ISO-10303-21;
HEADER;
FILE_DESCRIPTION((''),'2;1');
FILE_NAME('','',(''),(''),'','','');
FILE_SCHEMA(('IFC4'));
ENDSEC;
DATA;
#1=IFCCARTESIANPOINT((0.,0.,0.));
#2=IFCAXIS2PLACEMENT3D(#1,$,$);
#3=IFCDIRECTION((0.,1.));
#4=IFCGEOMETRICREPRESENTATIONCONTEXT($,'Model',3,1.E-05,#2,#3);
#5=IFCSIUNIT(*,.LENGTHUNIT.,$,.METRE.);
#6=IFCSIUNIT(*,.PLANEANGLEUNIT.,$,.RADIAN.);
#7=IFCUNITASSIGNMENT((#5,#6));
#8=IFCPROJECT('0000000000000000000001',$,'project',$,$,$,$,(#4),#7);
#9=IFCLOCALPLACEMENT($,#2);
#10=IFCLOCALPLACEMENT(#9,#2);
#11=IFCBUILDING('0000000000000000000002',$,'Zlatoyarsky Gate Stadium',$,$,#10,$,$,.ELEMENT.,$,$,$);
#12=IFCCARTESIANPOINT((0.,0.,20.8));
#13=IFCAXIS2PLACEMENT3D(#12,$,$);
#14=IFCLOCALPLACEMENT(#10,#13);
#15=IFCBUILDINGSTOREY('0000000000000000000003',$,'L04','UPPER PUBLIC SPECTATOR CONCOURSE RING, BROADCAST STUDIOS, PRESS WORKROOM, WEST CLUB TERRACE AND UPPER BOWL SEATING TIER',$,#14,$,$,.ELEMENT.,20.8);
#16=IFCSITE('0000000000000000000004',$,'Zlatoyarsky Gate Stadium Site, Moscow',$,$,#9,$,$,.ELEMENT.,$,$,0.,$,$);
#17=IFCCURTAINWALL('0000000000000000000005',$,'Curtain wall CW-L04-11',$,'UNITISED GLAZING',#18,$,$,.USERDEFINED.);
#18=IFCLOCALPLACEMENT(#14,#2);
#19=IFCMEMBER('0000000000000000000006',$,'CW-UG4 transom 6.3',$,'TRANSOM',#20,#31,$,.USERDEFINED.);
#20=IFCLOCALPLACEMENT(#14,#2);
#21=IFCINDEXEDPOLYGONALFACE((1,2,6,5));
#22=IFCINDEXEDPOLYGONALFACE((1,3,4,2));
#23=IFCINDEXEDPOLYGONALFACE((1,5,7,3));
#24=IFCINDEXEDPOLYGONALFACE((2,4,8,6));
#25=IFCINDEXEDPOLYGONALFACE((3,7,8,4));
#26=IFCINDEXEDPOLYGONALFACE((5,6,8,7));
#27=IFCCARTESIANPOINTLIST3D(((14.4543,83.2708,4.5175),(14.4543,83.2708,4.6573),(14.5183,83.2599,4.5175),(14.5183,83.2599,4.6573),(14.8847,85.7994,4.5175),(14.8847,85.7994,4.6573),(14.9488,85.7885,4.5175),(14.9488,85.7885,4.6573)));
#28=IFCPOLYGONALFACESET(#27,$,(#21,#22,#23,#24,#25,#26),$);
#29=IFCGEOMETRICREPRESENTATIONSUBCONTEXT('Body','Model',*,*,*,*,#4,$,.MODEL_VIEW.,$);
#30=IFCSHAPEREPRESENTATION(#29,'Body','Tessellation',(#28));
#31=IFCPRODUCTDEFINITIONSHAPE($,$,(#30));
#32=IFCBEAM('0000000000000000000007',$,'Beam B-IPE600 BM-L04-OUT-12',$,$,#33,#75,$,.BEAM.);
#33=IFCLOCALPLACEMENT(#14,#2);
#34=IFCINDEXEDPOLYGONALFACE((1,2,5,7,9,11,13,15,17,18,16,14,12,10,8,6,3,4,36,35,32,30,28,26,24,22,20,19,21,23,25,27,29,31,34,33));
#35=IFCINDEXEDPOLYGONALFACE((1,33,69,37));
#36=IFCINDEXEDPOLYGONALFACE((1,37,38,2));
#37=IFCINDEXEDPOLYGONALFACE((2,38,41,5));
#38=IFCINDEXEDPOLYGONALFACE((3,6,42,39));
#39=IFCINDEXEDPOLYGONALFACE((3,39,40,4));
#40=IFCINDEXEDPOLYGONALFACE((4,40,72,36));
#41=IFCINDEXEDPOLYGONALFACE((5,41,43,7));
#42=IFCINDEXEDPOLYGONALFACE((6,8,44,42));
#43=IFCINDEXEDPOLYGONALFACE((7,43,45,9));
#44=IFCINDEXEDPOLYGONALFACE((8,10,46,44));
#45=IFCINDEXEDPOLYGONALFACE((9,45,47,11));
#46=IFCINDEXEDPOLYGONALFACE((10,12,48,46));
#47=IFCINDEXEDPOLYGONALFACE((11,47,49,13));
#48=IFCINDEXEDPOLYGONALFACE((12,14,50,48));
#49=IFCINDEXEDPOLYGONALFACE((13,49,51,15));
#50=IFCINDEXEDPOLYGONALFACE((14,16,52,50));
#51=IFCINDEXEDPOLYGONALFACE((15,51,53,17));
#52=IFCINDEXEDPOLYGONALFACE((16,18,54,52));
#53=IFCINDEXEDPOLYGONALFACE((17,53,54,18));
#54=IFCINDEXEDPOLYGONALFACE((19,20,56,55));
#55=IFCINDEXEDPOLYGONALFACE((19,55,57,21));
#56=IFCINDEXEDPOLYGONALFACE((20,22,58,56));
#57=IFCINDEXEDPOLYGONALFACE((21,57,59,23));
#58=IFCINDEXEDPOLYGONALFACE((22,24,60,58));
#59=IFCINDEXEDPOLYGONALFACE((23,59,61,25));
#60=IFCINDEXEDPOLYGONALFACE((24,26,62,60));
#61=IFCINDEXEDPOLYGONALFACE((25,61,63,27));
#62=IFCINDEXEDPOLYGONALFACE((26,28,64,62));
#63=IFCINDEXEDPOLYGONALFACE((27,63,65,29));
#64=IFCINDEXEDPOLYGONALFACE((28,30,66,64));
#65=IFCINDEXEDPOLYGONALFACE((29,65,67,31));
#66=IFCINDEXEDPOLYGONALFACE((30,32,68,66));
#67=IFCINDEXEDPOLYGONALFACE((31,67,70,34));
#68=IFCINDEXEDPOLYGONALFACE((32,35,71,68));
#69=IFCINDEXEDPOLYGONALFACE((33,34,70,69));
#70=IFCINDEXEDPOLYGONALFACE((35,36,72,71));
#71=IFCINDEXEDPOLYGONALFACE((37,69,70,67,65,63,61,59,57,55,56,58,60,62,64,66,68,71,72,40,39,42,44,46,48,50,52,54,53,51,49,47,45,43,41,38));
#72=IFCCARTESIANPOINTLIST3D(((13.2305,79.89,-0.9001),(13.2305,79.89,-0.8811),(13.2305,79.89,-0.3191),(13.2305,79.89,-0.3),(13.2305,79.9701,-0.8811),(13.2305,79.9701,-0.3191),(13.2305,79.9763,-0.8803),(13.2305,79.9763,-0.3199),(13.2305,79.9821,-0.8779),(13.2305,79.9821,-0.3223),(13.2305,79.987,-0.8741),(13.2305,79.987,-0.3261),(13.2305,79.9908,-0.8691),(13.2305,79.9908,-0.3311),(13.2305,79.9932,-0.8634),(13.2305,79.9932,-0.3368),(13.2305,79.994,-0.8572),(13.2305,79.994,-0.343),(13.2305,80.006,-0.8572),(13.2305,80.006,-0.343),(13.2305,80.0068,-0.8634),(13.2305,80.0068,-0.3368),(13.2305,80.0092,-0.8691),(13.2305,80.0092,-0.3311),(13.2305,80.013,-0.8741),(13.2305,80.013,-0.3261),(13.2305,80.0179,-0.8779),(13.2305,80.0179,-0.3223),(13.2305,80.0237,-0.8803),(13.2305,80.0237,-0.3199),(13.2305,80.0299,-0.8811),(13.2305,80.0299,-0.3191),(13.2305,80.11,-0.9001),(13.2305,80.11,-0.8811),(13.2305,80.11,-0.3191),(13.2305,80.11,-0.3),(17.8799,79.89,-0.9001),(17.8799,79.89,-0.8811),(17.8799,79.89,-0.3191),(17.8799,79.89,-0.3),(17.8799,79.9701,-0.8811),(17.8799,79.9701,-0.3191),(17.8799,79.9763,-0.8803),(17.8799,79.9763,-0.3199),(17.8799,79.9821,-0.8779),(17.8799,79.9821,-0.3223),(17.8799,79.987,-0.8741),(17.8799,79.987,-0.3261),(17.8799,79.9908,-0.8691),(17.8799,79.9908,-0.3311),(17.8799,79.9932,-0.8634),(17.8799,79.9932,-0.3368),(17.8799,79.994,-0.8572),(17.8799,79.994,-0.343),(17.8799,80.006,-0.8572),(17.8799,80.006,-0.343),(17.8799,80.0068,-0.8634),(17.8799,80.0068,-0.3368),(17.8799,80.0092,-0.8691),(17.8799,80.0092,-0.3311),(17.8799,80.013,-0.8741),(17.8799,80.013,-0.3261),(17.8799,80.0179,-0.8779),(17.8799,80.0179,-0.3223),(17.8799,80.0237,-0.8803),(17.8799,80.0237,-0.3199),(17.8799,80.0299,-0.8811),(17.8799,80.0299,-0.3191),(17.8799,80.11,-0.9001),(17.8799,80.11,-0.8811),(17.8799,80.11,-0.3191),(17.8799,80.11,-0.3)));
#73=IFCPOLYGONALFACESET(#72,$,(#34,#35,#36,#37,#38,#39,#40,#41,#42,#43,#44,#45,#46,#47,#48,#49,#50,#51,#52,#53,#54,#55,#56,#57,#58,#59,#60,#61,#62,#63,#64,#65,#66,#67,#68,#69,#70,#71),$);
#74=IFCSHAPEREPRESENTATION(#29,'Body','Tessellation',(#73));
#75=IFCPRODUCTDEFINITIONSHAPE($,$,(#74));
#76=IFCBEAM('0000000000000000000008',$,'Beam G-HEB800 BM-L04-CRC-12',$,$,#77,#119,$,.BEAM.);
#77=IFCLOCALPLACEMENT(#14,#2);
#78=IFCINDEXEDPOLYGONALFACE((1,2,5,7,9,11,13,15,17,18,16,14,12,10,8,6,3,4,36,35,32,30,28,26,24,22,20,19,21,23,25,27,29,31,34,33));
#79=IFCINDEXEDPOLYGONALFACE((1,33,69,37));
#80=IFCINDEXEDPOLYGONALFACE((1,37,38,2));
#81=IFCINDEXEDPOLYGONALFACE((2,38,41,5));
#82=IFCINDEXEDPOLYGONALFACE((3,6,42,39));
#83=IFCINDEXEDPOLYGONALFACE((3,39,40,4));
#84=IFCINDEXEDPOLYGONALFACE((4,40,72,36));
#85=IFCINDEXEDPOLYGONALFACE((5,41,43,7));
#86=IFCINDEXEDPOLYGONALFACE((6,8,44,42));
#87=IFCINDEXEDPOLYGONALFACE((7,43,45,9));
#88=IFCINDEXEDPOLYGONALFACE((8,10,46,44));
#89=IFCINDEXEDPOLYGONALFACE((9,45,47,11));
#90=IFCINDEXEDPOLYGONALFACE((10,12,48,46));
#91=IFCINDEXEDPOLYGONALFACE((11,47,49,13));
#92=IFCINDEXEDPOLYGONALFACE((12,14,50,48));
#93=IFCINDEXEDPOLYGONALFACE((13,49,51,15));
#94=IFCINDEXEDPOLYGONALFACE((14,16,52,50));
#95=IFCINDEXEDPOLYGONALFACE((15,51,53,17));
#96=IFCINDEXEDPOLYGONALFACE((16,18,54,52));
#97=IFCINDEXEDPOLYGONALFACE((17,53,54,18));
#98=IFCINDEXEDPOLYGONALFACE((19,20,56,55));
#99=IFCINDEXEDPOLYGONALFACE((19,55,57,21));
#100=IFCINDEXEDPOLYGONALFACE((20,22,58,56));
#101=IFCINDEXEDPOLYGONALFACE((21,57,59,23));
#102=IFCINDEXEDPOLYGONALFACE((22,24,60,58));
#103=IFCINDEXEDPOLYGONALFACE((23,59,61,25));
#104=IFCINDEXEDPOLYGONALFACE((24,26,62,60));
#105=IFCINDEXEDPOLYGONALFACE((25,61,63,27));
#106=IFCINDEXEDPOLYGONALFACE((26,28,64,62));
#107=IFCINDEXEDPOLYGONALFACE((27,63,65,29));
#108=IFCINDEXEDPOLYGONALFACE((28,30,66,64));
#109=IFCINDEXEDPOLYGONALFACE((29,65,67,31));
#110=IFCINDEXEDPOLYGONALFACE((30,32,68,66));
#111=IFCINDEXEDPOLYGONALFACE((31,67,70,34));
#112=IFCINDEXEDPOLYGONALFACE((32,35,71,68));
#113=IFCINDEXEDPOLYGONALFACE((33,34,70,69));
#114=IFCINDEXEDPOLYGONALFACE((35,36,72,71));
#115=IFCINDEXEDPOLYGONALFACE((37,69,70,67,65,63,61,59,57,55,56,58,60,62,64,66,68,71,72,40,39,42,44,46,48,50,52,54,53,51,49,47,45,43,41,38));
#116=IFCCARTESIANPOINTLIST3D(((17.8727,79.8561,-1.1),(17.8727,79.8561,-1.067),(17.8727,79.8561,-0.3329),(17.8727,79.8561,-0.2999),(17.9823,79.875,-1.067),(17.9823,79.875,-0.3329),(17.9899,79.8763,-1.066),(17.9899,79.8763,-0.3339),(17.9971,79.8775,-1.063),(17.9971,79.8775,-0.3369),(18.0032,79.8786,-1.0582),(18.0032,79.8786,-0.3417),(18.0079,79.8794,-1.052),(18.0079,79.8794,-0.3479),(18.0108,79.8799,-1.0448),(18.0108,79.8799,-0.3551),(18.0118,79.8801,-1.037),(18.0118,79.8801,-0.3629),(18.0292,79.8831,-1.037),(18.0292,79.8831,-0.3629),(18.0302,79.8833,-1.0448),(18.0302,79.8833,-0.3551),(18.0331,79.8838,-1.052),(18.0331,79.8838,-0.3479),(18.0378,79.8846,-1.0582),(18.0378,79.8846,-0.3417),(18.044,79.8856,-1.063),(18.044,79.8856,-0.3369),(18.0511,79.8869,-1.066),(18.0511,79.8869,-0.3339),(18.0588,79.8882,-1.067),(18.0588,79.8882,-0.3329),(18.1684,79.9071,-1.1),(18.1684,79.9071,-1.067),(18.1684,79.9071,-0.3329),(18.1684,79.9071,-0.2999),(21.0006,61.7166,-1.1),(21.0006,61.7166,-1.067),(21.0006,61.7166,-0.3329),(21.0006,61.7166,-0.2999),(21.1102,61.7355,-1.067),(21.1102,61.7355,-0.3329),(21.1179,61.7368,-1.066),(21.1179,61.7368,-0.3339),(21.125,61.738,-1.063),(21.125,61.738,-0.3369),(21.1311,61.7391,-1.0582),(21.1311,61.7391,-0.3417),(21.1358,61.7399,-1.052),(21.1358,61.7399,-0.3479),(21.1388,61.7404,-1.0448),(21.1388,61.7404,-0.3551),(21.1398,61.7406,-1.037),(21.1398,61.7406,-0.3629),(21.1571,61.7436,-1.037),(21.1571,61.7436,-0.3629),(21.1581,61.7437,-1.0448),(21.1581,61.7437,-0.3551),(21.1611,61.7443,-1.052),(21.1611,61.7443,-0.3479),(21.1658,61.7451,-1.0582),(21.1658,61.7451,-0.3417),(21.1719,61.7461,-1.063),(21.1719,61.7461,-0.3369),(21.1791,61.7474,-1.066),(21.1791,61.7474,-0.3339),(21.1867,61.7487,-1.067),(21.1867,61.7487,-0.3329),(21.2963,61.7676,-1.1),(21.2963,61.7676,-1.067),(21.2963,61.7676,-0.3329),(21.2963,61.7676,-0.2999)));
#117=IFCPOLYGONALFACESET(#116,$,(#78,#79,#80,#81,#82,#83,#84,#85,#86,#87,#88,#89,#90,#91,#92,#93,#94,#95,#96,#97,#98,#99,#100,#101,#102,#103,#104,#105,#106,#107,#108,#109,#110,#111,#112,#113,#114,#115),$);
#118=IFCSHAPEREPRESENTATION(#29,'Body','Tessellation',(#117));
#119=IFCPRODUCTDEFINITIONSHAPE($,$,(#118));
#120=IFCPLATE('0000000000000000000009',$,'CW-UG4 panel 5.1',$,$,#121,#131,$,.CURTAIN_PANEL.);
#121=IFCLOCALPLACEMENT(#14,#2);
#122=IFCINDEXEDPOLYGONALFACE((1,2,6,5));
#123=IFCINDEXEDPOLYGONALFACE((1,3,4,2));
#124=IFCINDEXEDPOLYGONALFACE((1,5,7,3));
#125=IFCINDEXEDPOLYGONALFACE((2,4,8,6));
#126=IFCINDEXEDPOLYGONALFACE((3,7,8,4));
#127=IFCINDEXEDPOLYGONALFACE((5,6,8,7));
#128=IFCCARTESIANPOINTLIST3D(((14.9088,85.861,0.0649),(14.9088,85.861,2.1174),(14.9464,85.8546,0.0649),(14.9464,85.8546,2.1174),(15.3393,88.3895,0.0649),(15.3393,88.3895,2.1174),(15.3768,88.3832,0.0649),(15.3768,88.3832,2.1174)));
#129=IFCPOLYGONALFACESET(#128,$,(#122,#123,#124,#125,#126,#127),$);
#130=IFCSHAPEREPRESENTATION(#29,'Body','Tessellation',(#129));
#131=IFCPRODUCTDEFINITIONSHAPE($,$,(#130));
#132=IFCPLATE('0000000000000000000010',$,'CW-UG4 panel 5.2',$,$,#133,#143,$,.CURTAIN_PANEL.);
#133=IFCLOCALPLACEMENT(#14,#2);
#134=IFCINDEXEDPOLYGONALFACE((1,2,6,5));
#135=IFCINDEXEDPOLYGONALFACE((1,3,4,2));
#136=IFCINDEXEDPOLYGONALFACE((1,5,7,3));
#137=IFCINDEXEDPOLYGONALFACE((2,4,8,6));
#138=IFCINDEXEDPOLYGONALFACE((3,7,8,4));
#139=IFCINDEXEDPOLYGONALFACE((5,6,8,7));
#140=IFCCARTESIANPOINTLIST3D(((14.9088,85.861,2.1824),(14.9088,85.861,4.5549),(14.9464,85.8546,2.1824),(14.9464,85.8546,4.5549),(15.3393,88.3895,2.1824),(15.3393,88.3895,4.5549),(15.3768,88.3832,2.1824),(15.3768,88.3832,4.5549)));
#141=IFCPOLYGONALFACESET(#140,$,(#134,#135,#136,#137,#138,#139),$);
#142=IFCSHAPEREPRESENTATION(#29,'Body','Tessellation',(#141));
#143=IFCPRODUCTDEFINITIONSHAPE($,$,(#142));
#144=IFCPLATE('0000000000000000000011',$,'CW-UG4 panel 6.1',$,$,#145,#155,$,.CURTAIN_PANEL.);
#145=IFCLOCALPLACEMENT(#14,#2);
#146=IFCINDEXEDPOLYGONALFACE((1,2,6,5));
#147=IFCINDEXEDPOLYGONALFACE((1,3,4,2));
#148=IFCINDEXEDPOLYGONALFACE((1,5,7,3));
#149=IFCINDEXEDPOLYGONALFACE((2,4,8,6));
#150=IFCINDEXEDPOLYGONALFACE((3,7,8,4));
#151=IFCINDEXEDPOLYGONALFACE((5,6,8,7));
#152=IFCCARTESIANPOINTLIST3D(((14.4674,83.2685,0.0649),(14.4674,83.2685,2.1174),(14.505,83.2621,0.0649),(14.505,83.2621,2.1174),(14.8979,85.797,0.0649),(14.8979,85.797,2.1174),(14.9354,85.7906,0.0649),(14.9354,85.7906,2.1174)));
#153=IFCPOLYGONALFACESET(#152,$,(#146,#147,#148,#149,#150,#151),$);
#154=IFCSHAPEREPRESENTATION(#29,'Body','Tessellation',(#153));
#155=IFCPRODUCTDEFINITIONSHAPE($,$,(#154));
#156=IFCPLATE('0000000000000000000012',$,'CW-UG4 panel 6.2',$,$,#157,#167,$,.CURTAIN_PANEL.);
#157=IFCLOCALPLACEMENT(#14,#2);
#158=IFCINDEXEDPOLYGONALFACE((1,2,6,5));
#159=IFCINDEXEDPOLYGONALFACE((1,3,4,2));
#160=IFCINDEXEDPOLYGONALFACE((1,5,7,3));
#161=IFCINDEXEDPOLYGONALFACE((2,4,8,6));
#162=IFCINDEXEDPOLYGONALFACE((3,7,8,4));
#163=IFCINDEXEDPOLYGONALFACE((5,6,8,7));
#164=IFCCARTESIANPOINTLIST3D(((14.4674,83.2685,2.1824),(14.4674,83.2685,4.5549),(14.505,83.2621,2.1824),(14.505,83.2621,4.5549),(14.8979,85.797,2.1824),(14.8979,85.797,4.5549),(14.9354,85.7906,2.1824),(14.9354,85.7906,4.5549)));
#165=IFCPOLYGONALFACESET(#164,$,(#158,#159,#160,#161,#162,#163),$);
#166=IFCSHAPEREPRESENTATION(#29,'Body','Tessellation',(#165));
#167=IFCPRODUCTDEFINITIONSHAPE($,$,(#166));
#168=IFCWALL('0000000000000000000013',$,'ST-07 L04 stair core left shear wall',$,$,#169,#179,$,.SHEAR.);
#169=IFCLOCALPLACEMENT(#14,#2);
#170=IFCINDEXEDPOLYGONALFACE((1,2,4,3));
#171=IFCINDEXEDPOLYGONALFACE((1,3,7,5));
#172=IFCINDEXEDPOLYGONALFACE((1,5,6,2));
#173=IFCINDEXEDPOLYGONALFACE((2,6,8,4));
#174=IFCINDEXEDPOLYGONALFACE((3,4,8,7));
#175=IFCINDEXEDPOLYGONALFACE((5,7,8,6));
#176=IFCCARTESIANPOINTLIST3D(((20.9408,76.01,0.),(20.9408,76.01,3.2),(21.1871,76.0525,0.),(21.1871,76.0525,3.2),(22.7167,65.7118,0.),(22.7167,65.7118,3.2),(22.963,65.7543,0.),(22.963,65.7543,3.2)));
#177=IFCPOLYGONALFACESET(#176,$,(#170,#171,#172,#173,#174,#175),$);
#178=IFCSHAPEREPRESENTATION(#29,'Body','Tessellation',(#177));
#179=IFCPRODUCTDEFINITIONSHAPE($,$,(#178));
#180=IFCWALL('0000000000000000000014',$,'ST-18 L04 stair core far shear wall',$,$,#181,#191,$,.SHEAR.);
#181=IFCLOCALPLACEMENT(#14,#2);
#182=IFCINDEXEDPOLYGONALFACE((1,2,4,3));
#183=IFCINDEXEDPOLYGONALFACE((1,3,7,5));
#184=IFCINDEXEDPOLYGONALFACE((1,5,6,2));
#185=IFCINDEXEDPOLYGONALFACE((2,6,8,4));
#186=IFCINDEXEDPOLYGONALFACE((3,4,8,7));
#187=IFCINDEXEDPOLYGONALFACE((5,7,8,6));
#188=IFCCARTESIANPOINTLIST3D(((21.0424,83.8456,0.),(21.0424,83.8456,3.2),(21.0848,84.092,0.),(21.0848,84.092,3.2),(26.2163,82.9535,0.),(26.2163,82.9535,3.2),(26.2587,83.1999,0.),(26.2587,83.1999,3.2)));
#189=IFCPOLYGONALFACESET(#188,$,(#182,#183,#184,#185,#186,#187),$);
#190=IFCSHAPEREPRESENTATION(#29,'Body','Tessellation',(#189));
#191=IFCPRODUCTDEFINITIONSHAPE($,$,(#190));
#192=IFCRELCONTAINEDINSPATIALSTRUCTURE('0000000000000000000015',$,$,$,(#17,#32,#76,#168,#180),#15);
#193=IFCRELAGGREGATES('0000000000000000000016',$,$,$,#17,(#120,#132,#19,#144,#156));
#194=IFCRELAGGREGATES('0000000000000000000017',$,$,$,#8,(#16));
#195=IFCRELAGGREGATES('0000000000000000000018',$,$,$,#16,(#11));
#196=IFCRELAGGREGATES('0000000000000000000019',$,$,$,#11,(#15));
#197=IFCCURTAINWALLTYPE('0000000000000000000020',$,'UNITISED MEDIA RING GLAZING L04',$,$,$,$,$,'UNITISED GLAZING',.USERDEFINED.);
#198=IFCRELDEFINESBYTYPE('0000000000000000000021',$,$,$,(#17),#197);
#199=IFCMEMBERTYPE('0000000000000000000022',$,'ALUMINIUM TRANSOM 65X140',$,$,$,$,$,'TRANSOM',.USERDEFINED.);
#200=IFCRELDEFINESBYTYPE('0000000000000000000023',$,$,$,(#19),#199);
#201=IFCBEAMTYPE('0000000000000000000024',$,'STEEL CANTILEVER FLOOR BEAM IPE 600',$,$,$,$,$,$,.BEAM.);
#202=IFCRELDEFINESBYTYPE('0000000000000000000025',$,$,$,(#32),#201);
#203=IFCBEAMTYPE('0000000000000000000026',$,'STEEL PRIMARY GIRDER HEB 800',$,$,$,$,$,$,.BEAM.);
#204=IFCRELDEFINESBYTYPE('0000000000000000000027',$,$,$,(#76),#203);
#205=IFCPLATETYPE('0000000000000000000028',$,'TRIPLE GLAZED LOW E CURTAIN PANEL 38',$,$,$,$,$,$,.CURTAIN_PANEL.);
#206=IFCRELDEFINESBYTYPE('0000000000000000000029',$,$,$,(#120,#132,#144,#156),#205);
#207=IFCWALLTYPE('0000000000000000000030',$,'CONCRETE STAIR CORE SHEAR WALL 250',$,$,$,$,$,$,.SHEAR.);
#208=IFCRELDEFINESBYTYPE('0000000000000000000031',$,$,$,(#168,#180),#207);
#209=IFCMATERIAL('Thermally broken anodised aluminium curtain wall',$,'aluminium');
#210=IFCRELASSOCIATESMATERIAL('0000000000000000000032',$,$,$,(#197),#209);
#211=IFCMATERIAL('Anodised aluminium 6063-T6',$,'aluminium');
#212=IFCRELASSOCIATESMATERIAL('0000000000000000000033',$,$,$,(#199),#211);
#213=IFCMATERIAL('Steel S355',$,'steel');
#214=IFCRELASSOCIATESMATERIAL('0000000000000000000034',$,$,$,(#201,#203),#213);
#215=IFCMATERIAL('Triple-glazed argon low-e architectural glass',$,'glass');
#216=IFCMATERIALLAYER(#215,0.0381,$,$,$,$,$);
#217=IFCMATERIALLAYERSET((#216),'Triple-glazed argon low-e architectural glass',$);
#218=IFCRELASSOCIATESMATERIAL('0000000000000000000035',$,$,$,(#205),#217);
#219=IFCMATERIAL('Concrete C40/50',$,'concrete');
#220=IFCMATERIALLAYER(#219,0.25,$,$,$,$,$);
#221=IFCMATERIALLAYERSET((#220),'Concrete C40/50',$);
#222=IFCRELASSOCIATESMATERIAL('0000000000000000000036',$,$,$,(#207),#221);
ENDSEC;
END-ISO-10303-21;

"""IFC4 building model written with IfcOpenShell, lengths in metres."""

from ifc_helpers import new_model, si_unit, direction, frame, frame_2d, origin, origin_2d, place, context, subcontext, project, spatial, rectangle, i_section, extrude, material, layer, layer_set, material_profile, profile_set, type_object, element, aggregate, save


model = new_model("IFC4")

# Units and contexts
model_context = context("Model", 3, precision=1e-05, world=origin(), true_north=direction((0.0, 1.0)))
body_context = subcontext(model_context, "Body", "Model", "MODEL_VIEW")
ifc_project = project(units=[si_unit("LENGTHUNIT", "METRE"), si_unit("PLANEANGLEUNIT", "RADIAN")], contexts=[model_context])

# Site, building, storey
site_placement = place(None, origin())
site = spatial("IfcSite", under=ifc_project, at=site_placement, Name="Zlatoyarsky Gate Stadium Site, Moscow", CompositionType="ELEMENT", RefElevation=0.0)
building_placement = place(site_placement, origin())
building = spatial("IfcBuilding", under=site, at=building_placement, Name="Zlatoyarsky Gate Stadium", CompositionType="ELEMENT")
storey_placement = place(building_placement, frame((0.0, 0.0, 20.8)))
storey = spatial("IfcBuildingStorey", under=building, at=storey_placement, Name="L04", Description="UPPER PUBLIC SPECTATOR CONCOURSE RING, BROADCAST STUDIOS, PRESS WORKROOM, WEST CLUB TERRACE AND UPPER BOWL SEATING TIER", CompositionType="ELEMENT", Elevation=20.8)

# Shared definitions
ifc_material_1 = material(Name="Steel S355", Category="steel")

# Curtain wall, member
ifc_material_2 = material(Name="Thermally broken anodised aluminium curtain wall", Category="aluminium")
ifc_material_3 = material(Name="Anodised aluminium 6063-T6", Category="aluminium")
curtain_wall_type_1 = type_object("IfcCurtainWallType", Name="UNITISED MEDIA RING GLAZING L04", ElementType="UNITISED GLAZING", PredefinedType="USERDEFINED", material=ifc_material_2)
curtain_wall_1_placement = place(storey_placement, origin())
curtain_wall_1 = element("IfcCurtainWall", 1, at=curtain_wall_1_placement, inside=storey, type_object=curtain_wall_type_1, Name="Curtain wall CW-L04-11", ObjectType="UNITISED GLAZING", PredefinedType="USERDEFINED")
ifc_material_profile_1 = material_profile(ifc_material_3, rectangle(XDim=0.0649, YDim=0.1399, at=origin_2d()), Name="ALU 65X140")
ifc_profile_set_1 = profile_set([ifc_material_profile_1], Name="Anodised aluminium 6063-T6")
member_type_1 = type_object("IfcMemberType", Name="ALUMINIUM TRANSOM 65X140", ElementType="TRANSOM", PredefinedType="USERDEFINED", material=ifc_profile_set_1)
member_1_placement = place(storey_placement, frame((14.9167, 85.7939, 4.5874), z_axis=(-0.167809, -0.985819, 0.0), x_axis=(0.985819, -0.167809, 0.0)))
member_1 = element("IfcMember", 2, at=member_1_placement, type_object=member_type_1, Name="CW-UG4 transom 6.3", ObjectType="TRANSOM", PredefinedType="USERDEFINED", context=body_context, shape_type="SweptSolid", body=[
    extrude(rectangle(XDim=0.0649, YDim=0.1399, at=origin_2d()), origin(), (0.0, 0.0, 1.0), 2.5649),
])

# Beams
ifc_material_profile_2 = material_profile(ifc_material_1, i_section(OverallWidth=0.22, OverallDepth=0.6001, WebThickness=0.012, FlangeThickness=0.019, FilletRadius=0.0239, at=origin_2d()), Name="IPE 600")
ifc_profile_set_2 = profile_set([ifc_material_profile_2], Name="Steel S355")
beam_type_1 = type_object("IfcBeamType", Name="STEEL CANTILEVER FLOOR BEAM IPE 600", PredefinedType="BEAM", material=ifc_profile_set_2)
beam_1_placement = place(storey_placement, frame((17.8799, 80.0, -0.6001), z_axis=(-1.0, 0.0, 0.0), x_axis=(0.0, -1.0, 0.0)))
element("IfcBeam", 3, at=beam_1_placement, inside=storey, type_object=beam_type_1, Name="Beam B-IPE600 BM-L04-OUT-12", PredefinedType="BEAM", context=body_context, shape_type="SweptSolid", body=[
    extrude(i_section(OverallWidth=0.22, OverallDepth=0.6001, WebThickness=0.012, FlangeThickness=0.019, FilletRadius=0.0239, at=origin_2d()), origin(), (0.0, 0.0, 1.0), 4.6494),
])
ifc_material_profile_3 = material_profile(ifc_material_1, i_section(OverallWidth=0.3, OverallDepth=0.8, WebThickness=0.0176, FlangeThickness=0.033, FilletRadius=0.03, at=origin_2d()), Name="HEB 800")
ifc_profile_set_3 = profile_set([ifc_material_profile_3], Name="Steel S355")
beam_type_2 = type_object("IfcBeamType", Name="STEEL PRIMARY GIRDER HEB 800", PredefinedType="BEAM", material=ifc_profile_set_3)
beam_2_placement = place(storey_placement, frame((18.0205, 79.8816, -0.7), z_axis=(0.16993, -0.985456, 0.0), x_axis=(0.985456, 0.16993, 0.0)))
element("IfcBeam", 4, at=beam_2_placement, inside=storey, type_object=beam_type_2, Name="Beam G-HEB800 BM-L04-CRC-12", PredefinedType="BEAM", context=body_context, shape_type="SweptSolid", body=[
    extrude(i_section(OverallWidth=0.3, OverallDepth=0.8, WebThickness=0.0176, FlangeThickness=0.033, FilletRadius=0.03, at=origin_2d()), origin(), (0.0, 0.0, 1.0), 18.4072),
])

# Plates
ifc_material_4 = material(Name="Triple-glazed argon low-e architectural glass", Category="glass")
ifc_layer_1 = layer(ifc_material_4, 0.0381)
ifc_layer_set_1 = layer_set([ifc_layer_1], Name="Triple-glazed argon low-e architectural glass")
plate_type = type_object("IfcPlateType", Name="TRIPLE GLAZED LOW E CURTAIN PANEL 38", PredefinedType="CURTAIN_PANEL", material=ifc_layer_set_1)
plate_1_placement = place(storey_placement, frame((15.1428, 87.1221, 0.0649), z_axis=(0.0, 0.0, 1.0), x_axis=(-0.167821, -0.985817, 0.0)))
plate_1 = element("IfcPlate", 5, at=plate_1_placement, type_object=plate_type, Name="CW-UG4 panel 5.1", PredefinedType="CURTAIN_PANEL", context=body_context, shape_type="SweptSolid", body=[
    extrude(rectangle(XDim=2.5649, YDim=0.0381, at=origin_2d()), origin(), (0.0, 0.0, 1.0), 2.0525),
])
plate_2_placement = place(storey_placement, frame((15.1428, 87.1221, 2.1824), z_axis=(0.0, 0.0, 1.0), x_axis=(-0.167821, -0.985817, 0.0)))
plate_2 = element("IfcPlate", 6, at=plate_2_placement, type_object=plate_type, Name="CW-UG4 panel 5.2", PredefinedType="CURTAIN_PANEL", context=body_context, shape_type="SweptSolid", body=[
    extrude(rectangle(XDim=2.5649, YDim=0.0381, at=origin_2d()), origin(), (0.0, 0.0, 1.0), 2.3726),
])
plate_3_placement = place(storey_placement, frame((14.7014, 84.5295, 0.0649), z_axis=(0.0, 0.0, 1.0), x_axis=(-0.167821, -0.985817, 0.0)))
plate_3 = element("IfcPlate", 7, at=plate_3_placement, type_object=plate_type, Name="CW-UG4 panel 6.1", PredefinedType="CURTAIN_PANEL", context=body_context, shape_type="SweptSolid", body=[
    extrude(rectangle(XDim=2.5649, YDim=0.0381, at=origin_2d()), origin(), (0.0, 0.0, 1.0), 2.0525),
])
plate_4_placement = place(storey_placement, frame((14.7014, 84.5295, 2.1824), z_axis=(0.0, 0.0, 1.0), x_axis=(-0.167821, -0.985817, 0.0)))
plate_4 = element("IfcPlate", 8, at=plate_4_placement, type_object=plate_type, Name="CW-UG4 panel 6.2", PredefinedType="CURTAIN_PANEL", context=body_context, shape_type="SweptSolid", body=[
    extrude(rectangle(XDim=2.5649, YDim=0.0381, at=origin_2d()), origin(), (0.0, 0.0, 1.0), 2.3726),
])
aggregate(curtain_wall_1, [plate_1, plate_2, member_1, plate_3, plate_4])

# Walls
ifc_material_5 = material(Name="Concrete C40/50", Category="concrete")
ifc_layer_2 = layer(ifc_material_5, 0.25)
ifc_layer_set_2 = layer_set([ifc_layer_2], Name="Concrete C40/50")
wall_type = type_object("IfcWallType", Name="CONCRETE STAIR CORE SHEAR WALL 250", PredefinedType="SHEAR", material=ifc_layer_set_2)
wall_1_placement = place(storey_placement, frame((21.064, 76.0312, 0.0), z_axis=(0.0, 0.0, 1.0), x_axis=(0.169939, -0.985455, 0.0)))
element("IfcWall", 9, at=wall_1_placement, inside=storey, type_object=wall_type, Name="ST-07 L04 stair core left shear wall", PredefinedType="SHEAR", context=body_context, shape_type="SweptSolid", body=[
    extrude(rectangle(XDim=10.4502, YDim=0.25, at=frame_2d((5.2251, 0.0))), origin(), (0.0, 0.0, 1.0), 3.2),
])
wall_2_placement = place(storey_placement, frame((21.0637, 83.9688, 0.0), z_axis=(0.0, 0.0, 1.0), x_axis=(0.985459, -0.169916, 0.0)))
element("IfcWall", 10, at=wall_2_placement, inside=storey, type_object=wall_type, Name="ST-18 L04 stair core far shear wall", PredefinedType="SHEAR", context=body_context, shape_type="SweptSolid", body=[
    extrude(rectangle(XDim=5.2502, YDim=0.25, at=frame_2d((2.625, 0.0))), origin(), (0.0, 0.0, 1.0), 3.2),
])

save(model, "model.ifc")
